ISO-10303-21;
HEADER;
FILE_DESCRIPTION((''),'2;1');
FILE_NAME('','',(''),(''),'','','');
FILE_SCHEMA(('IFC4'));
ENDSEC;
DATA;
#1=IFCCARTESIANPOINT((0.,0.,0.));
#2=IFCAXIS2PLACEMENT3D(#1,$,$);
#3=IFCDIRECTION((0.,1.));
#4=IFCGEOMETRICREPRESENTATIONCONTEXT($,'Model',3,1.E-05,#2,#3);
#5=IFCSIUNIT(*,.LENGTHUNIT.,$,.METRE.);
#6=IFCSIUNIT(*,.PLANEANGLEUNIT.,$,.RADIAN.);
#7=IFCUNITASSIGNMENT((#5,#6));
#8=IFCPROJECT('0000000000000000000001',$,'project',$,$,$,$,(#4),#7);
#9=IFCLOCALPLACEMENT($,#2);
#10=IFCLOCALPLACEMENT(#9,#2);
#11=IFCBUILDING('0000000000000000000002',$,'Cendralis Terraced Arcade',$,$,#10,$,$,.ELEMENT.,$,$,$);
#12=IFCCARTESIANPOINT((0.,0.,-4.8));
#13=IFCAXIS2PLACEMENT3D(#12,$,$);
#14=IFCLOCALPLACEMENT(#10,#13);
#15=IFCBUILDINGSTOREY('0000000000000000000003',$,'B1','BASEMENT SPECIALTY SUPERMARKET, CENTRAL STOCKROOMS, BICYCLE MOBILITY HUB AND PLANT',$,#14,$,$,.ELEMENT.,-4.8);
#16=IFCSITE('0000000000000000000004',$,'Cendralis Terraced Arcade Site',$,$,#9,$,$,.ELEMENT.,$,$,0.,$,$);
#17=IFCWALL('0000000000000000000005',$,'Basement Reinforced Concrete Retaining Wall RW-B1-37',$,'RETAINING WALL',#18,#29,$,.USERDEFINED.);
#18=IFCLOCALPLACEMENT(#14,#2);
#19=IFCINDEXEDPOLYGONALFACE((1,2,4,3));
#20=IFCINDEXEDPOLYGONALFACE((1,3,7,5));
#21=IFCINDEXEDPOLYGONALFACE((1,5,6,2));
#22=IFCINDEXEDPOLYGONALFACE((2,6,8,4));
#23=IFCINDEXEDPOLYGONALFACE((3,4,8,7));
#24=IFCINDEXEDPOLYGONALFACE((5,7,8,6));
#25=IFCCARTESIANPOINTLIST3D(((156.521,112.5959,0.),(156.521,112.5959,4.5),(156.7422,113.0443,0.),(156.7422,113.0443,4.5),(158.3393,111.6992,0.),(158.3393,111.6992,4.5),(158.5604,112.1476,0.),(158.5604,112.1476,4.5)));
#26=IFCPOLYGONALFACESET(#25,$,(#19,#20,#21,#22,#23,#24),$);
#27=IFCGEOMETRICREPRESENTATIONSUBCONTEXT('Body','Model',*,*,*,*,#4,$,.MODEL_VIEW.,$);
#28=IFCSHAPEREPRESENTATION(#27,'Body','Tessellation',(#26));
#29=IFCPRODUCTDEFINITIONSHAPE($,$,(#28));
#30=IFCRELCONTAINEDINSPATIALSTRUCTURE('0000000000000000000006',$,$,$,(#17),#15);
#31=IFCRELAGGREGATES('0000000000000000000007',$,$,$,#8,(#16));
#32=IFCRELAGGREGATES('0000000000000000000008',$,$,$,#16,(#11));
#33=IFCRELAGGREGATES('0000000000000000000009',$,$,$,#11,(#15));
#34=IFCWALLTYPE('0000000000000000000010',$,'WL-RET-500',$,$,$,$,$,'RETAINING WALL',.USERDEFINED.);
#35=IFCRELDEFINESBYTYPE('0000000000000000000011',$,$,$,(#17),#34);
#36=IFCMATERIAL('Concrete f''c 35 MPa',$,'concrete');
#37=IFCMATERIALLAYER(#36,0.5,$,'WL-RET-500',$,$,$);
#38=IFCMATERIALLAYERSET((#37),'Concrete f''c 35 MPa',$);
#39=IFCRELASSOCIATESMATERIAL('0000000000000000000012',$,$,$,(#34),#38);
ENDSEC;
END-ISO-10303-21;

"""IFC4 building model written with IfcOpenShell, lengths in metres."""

from ifc_helpers import new_model, si_unit, direction, frame, frame_2d, origin, place, context, subcontext, project, spatial, rectangle, extrude, material, layer, layer_set, type_object, element, save


model = new_model("IFC4")

# Units and contexts
model_context = context("Model", 3, precision=1e-05, world=origin(), true_north=direction((0.0, 1.0)))
body_context = subcontext(model_context, "Body", "Model", "MODEL_VIEW")
ifc_project = project(units=[si_unit("LENGTHUNIT", "METRE"), si_unit("PLANEANGLEUNIT", "RADIAN")], contexts=[model_context])

# Site, building, storey
site_placement = place(None, origin())
site = spatial("IfcSite", under=ifc_project, at=site_placement, Name="Cendralis Terraced Arcade Site", CompositionType="ELEMENT", RefElevation=0.0)
building_placement = place(site_placement, origin())
building = spatial("IfcBuilding", under=site, at=building_placement, Name="Cendralis Terraced Arcade", CompositionType="ELEMENT")
storey_placement = place(building_placement, frame((0.0, 0.0, -4.8)))
storey = spatial("IfcBuildingStorey", under=building, at=storey_placement, Name="B1", Description="BASEMENT SPECIALTY SUPERMARKET, CENTRAL STOCKROOMS, BICYCLE MOBILITY HUB AND PLANT", CompositionType="ELEMENT", Elevation=-4.8)

# Shared definitions
ifc_material_1 = material(Name="Concrete f'c 35 MPa", Category="concrete")

# Wall
ifc_layer_1 = layer(ifc_material_1, 0.5, Name="WL-RET-500")
ifc_layer_set_1 = layer_set([ifc_layer_1], Name="Concrete f'c 35 MPa")
wall_type_1 = type_object("IfcWallType", Name="WL-RET-500", ElementType="RETAINING WALL", PredefinedType="USERDEFINED", material=ifc_layer_set_1)
wall_1_placement = place(storey_placement, frame((156.6316, 112.8201, 0.0), z_axis=(0.0, 0.0, 1.0), x_axis=(0.89687, -0.442294, 0.0)))
element("IfcWall", 1, at=wall_1_placement, inside=storey, type_object=wall_type_1, Name="Basement Reinforced Concrete Retaining Wall RW-B1-37", ObjectType="RETAINING WALL", PredefinedType="USERDEFINED", context=body_context, shape_type="SweptSolid", body=[
    extrude(rectangle(XDim=2.0273, YDim=0.5, at=frame_2d((1.0137, 0.0))), origin(), (0.0, 0.0, 1.0), 4.5),
])

save(model, "model.ifc")
